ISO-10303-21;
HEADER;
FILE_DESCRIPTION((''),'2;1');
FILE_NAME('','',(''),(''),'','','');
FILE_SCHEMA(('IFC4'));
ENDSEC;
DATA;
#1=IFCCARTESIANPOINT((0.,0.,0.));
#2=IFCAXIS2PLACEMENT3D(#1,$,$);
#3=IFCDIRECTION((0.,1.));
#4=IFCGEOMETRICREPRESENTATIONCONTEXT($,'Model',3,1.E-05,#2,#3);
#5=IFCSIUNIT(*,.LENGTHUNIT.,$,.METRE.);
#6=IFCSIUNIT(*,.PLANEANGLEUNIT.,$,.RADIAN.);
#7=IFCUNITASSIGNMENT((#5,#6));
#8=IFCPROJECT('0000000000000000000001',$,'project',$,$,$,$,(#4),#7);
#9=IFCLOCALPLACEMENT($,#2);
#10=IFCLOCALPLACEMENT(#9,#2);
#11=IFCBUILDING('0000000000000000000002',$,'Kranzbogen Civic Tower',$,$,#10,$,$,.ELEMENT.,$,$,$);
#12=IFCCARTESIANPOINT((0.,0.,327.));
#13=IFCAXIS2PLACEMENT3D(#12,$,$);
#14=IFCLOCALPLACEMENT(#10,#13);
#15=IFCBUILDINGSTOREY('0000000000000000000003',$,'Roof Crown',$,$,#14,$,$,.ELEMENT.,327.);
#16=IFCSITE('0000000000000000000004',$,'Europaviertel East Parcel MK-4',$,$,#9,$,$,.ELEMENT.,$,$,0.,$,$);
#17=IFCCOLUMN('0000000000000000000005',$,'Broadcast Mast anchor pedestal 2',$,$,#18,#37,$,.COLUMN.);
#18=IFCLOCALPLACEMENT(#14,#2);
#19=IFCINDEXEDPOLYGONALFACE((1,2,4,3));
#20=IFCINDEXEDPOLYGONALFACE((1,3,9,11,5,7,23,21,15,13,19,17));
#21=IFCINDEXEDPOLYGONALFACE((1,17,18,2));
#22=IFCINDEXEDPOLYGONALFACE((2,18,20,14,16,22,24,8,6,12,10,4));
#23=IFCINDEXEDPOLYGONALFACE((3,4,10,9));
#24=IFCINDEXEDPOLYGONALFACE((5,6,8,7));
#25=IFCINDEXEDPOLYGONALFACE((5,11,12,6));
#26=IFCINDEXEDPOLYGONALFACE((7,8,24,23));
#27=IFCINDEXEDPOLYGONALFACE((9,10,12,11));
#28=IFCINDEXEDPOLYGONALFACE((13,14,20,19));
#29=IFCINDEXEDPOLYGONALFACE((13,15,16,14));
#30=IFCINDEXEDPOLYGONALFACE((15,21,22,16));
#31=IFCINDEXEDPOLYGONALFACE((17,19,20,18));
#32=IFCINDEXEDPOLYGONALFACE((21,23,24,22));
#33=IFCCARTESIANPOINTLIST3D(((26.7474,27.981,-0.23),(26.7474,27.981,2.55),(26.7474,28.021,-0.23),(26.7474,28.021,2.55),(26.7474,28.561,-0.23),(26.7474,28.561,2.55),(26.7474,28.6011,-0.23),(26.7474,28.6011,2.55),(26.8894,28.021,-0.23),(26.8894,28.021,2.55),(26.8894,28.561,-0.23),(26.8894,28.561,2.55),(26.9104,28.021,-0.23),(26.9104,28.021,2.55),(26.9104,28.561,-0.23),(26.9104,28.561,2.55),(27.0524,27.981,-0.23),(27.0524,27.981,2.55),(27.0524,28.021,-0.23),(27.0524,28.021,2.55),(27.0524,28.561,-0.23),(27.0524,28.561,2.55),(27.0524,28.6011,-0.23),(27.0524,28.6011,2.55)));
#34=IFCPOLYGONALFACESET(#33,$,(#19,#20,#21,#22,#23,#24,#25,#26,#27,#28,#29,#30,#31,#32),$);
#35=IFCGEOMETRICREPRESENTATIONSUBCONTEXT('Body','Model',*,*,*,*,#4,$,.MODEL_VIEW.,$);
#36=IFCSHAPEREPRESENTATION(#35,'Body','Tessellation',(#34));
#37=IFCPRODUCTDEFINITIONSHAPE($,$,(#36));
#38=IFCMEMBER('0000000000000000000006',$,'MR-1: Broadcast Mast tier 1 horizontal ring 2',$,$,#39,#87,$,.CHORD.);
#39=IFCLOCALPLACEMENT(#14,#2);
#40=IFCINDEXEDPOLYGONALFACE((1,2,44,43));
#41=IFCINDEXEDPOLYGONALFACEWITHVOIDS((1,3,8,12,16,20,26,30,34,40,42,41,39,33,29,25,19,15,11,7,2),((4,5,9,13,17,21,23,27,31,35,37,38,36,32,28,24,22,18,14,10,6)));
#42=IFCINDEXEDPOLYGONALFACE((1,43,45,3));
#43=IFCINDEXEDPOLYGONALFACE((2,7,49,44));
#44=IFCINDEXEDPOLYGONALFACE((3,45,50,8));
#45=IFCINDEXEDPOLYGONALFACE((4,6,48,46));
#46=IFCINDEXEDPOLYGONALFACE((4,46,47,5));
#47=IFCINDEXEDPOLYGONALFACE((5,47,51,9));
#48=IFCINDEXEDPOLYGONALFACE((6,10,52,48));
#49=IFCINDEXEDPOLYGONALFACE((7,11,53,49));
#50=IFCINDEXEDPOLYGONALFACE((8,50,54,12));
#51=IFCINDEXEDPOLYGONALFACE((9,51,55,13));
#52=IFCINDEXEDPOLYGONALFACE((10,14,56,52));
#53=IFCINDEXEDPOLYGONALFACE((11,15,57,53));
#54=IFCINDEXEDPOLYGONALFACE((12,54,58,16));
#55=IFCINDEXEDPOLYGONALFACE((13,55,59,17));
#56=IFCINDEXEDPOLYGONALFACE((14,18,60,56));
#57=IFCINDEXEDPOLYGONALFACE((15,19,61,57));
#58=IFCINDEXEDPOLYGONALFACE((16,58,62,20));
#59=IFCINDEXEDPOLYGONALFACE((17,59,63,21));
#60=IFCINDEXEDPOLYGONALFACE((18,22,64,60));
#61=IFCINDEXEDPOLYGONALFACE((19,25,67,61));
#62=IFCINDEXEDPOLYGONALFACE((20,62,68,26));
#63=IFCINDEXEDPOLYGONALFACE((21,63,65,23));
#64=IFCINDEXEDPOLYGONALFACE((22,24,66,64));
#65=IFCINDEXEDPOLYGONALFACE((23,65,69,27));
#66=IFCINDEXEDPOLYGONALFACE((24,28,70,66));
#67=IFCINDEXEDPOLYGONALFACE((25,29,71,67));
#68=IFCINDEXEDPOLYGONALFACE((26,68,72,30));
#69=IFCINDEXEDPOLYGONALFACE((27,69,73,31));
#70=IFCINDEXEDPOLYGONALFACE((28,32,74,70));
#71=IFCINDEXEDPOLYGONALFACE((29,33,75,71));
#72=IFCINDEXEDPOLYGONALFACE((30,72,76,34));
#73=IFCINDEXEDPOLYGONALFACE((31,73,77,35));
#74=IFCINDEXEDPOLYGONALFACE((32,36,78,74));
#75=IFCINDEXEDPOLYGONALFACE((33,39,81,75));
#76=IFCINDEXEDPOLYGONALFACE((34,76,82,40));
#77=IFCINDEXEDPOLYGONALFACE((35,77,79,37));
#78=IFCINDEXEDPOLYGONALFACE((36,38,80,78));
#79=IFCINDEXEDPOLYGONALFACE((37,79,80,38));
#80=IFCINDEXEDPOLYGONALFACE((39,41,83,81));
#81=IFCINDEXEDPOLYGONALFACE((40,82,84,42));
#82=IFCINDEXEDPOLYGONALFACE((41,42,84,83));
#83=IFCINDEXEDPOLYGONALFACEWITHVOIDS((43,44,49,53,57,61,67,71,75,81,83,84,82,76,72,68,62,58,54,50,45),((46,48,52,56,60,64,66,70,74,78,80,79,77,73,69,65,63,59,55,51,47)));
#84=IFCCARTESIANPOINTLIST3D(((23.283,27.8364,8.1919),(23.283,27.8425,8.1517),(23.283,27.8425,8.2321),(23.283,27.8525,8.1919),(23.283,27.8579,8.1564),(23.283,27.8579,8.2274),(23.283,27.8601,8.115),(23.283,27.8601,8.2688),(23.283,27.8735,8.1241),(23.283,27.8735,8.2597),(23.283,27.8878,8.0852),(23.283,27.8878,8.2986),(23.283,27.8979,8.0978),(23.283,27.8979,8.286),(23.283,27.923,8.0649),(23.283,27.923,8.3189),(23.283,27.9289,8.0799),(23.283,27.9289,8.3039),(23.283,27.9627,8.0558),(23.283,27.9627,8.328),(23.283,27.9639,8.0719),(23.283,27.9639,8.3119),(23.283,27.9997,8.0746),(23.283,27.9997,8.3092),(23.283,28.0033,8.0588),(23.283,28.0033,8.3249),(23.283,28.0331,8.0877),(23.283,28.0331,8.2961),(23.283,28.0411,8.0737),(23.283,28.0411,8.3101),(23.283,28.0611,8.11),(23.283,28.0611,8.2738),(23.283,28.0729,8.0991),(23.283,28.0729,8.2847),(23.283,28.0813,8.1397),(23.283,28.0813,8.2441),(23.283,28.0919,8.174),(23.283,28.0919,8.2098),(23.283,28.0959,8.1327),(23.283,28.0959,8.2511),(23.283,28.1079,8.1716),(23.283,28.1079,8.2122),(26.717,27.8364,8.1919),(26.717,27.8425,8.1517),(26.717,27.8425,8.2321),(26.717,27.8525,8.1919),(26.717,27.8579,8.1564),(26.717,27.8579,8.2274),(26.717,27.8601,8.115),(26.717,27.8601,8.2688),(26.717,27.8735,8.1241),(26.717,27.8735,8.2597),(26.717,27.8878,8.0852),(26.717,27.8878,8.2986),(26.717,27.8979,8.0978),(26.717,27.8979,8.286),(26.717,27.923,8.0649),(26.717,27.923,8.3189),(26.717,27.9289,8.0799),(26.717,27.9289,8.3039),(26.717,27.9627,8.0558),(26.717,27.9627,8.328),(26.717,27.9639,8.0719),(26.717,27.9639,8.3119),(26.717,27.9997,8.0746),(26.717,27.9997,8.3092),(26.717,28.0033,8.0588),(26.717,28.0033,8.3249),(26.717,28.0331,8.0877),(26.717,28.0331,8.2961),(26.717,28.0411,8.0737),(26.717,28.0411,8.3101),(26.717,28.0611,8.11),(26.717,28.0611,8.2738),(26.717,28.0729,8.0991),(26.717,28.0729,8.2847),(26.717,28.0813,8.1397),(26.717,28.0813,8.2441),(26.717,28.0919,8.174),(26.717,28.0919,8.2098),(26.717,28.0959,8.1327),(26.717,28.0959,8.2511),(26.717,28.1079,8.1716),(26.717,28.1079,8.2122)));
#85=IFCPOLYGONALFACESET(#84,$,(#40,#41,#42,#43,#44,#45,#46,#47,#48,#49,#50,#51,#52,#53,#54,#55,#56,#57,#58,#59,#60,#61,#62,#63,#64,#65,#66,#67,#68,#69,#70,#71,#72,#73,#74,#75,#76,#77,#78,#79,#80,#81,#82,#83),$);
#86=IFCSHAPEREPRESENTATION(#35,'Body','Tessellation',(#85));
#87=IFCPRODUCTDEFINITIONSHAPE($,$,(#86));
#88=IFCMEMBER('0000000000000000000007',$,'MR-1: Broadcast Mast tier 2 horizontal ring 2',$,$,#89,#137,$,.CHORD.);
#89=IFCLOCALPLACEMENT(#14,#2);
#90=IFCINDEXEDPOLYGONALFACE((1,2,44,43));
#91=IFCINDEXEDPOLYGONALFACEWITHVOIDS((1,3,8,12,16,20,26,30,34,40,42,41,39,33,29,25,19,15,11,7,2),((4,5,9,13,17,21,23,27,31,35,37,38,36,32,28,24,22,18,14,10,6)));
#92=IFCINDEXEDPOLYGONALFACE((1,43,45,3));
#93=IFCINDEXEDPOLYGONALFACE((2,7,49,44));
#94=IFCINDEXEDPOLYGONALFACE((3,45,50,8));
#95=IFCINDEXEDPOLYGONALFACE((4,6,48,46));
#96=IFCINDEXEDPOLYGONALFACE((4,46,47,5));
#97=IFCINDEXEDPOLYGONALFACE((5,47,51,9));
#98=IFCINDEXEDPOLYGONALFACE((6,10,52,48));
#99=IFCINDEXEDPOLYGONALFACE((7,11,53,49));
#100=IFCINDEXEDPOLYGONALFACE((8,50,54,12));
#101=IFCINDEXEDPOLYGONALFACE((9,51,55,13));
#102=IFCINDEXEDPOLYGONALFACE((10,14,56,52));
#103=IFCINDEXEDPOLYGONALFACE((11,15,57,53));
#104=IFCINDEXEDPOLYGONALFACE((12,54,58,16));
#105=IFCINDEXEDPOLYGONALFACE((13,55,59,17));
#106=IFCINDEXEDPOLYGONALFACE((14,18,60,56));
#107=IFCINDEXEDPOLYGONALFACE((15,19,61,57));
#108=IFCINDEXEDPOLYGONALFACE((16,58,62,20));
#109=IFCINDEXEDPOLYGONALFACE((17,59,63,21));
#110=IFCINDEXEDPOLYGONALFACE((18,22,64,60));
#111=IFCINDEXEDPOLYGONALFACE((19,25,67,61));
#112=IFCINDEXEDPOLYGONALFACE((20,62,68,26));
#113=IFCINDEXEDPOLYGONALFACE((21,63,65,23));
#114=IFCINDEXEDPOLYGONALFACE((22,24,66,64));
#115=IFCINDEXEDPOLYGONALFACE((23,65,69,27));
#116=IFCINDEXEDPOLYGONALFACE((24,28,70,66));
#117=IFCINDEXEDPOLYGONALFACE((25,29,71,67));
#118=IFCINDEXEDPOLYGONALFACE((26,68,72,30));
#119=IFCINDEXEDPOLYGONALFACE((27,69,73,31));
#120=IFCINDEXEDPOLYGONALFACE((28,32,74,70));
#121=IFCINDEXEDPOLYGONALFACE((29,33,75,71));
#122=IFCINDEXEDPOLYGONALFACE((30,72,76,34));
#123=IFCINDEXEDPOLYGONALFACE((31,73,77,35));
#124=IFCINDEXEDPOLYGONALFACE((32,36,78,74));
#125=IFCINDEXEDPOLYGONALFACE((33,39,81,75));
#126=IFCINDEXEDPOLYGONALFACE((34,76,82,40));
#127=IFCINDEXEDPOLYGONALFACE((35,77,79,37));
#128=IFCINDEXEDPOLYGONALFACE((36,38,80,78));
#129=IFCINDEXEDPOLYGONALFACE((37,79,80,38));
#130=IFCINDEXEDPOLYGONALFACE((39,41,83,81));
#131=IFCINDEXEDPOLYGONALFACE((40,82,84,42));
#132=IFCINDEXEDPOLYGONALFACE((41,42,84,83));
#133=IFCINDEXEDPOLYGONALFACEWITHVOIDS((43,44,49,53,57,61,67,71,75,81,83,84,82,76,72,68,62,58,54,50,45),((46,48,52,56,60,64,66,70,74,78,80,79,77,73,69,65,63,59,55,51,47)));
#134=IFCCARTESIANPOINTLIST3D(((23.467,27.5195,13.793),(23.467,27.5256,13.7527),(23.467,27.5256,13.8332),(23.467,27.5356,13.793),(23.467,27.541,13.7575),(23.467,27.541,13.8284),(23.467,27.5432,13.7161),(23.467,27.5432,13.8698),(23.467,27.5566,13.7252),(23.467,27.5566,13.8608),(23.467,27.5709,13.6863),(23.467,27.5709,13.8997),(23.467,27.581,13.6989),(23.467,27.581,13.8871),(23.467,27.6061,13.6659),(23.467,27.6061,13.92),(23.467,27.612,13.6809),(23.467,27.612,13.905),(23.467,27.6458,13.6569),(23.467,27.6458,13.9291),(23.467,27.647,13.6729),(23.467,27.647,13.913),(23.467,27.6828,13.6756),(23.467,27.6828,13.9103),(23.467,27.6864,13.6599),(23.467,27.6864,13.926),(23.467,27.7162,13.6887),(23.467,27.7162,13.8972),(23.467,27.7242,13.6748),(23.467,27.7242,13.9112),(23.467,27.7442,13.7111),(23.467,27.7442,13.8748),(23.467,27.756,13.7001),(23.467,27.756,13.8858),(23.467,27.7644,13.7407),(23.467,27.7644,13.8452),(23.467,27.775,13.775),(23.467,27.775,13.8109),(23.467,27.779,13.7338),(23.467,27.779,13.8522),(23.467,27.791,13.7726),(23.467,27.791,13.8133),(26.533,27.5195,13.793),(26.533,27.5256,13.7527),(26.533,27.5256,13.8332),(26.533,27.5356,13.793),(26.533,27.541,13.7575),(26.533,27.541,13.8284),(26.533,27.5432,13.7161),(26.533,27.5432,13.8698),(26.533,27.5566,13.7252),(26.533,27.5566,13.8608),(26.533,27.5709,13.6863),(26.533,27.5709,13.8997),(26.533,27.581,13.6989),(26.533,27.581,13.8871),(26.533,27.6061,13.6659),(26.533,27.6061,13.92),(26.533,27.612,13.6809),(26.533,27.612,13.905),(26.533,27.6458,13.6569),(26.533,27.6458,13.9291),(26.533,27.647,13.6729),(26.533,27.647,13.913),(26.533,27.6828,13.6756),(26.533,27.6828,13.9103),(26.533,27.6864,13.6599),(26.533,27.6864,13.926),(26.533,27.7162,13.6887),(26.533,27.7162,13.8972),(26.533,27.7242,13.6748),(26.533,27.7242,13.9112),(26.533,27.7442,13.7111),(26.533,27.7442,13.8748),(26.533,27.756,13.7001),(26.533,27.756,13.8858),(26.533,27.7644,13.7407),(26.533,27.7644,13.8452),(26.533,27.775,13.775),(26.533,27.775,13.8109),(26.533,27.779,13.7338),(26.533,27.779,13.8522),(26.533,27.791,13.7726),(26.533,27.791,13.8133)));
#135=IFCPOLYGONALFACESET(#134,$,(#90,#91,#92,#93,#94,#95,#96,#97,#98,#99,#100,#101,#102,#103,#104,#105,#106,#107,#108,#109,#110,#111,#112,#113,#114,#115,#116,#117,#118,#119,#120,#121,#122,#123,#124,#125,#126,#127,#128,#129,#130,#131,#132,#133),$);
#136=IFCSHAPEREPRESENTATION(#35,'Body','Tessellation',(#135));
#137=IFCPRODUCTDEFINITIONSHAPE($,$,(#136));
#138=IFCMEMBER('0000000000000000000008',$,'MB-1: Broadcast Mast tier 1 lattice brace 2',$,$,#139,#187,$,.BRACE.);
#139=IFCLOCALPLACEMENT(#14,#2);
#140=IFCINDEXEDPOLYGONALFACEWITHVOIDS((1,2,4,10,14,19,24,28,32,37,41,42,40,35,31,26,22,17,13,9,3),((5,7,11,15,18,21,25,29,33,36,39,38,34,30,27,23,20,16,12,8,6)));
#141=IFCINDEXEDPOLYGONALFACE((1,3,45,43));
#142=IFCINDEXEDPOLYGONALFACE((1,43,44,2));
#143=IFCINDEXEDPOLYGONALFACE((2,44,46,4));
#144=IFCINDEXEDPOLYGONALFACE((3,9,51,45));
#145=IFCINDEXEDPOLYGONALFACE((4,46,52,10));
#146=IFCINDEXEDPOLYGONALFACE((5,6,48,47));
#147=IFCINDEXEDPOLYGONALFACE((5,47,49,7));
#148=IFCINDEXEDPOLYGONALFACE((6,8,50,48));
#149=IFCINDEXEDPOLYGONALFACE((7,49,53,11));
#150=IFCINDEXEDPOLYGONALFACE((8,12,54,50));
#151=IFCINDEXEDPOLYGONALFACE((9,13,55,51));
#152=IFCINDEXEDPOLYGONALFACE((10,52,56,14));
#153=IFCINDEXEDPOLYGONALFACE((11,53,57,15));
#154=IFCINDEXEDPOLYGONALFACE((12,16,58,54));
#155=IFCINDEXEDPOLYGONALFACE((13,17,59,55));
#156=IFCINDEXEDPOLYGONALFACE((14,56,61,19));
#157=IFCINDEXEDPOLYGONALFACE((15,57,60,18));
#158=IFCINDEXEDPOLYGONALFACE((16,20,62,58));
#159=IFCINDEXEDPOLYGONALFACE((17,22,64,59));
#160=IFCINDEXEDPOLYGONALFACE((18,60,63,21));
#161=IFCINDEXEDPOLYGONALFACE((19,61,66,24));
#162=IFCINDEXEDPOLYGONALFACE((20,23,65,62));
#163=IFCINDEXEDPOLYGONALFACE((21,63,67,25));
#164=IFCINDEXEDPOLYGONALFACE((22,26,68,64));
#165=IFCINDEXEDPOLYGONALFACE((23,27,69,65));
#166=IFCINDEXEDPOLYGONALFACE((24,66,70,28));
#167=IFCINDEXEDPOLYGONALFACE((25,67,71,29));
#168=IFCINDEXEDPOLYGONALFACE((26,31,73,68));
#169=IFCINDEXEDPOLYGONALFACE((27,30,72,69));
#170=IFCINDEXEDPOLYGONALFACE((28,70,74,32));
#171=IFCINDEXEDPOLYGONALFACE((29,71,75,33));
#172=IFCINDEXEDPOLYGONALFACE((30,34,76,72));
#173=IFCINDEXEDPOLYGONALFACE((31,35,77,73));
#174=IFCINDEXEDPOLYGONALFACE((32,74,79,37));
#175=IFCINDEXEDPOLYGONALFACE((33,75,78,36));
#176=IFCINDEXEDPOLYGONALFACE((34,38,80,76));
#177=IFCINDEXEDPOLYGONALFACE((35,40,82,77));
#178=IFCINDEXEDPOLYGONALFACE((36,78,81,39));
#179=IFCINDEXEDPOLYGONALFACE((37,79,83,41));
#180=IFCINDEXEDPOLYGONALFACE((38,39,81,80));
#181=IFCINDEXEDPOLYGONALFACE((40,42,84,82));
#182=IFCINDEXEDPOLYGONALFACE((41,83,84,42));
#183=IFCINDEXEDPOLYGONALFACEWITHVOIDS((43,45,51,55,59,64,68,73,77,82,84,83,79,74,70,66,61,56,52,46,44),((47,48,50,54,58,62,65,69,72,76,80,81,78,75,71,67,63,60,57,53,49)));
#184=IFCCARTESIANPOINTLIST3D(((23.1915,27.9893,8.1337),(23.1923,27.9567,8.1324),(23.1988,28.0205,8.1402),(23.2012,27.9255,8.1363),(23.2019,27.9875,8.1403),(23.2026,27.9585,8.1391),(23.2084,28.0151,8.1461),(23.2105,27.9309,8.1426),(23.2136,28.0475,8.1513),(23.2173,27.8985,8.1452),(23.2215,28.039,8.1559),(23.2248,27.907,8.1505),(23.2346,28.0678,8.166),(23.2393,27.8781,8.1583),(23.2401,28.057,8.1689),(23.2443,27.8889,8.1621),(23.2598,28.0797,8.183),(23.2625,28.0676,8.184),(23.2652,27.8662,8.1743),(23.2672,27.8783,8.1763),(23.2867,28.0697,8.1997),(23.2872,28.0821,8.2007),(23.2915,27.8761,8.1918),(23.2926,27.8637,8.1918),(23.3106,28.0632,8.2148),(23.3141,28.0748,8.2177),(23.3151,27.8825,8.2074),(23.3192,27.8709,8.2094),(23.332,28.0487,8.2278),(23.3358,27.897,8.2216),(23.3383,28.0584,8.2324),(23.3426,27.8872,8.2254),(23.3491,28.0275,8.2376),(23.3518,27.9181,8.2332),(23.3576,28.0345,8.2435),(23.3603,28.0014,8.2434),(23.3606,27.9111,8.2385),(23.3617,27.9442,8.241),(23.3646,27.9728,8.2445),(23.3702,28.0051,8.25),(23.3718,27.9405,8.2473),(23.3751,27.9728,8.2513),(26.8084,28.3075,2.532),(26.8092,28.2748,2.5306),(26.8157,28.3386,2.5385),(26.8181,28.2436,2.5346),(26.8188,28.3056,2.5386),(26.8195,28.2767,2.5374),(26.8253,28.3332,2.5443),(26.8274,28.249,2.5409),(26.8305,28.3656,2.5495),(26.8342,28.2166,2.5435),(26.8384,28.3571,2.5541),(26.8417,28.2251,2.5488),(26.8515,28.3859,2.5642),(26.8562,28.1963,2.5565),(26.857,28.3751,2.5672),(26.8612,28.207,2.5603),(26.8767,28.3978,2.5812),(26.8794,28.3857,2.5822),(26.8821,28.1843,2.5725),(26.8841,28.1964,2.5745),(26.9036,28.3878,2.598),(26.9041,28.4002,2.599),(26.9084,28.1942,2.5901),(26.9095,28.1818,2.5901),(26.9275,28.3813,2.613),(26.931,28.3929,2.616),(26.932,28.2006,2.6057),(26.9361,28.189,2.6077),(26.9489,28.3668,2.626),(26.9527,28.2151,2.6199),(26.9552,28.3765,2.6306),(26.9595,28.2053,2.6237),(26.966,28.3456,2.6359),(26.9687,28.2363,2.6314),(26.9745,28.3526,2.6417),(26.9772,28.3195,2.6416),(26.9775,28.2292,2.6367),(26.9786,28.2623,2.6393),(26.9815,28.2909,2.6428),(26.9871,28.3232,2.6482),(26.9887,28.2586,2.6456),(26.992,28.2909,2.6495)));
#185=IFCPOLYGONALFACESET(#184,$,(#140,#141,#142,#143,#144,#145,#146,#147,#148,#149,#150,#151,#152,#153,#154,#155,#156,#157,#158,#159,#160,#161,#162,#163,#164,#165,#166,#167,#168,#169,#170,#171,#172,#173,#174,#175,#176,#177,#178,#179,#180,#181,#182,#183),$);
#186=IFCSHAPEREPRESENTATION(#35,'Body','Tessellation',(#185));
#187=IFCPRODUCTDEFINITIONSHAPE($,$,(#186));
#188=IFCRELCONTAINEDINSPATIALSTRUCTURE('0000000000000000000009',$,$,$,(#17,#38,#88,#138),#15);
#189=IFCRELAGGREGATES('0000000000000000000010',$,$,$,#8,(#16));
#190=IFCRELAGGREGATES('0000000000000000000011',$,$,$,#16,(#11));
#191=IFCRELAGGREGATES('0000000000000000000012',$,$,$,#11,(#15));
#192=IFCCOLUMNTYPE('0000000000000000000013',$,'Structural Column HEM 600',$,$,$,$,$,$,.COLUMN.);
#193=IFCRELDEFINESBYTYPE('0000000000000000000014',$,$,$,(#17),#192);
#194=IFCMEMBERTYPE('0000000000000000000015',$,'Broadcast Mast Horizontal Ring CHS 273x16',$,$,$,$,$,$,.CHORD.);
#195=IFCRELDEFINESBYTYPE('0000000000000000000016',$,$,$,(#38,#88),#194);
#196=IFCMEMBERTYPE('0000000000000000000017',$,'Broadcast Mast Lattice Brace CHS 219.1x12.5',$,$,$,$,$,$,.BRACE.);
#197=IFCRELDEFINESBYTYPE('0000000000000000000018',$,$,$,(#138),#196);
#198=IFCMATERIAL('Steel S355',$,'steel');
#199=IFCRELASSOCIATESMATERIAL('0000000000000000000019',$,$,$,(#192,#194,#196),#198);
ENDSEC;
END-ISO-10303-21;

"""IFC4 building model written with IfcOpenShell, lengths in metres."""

from ifc_helpers import new_model, si_unit, direction, frame, origin, origin_2d, place, context, subcontext, project, spatial, hollow_circle, i_section, extrude, material, material_profile, profile_set, type_object, element, save


model = new_model("IFC4")

# Units and contexts
model_context = context("Model", 3, precision=1e-05, world=origin(), true_north=direction((0.0, 1.0)))
body_context = subcontext(model_context, "Body", "Model", "MODEL_VIEW")
ifc_project = project(units=[si_unit("LENGTHUNIT", "METRE"), si_unit("PLANEANGLEUNIT", "RADIAN")], contexts=[model_context])

# Site, building, storey
site_placement = place(None, origin())
site = spatial("IfcSite", under=ifc_project, at=site_placement, Name="Europaviertel East Parcel MK-4", CompositionType="ELEMENT", RefElevation=0.0)
building_placement = place(site_placement, origin())
building = spatial("IfcBuilding", under=site, at=building_placement, Name="Kranzbogen Civic Tower", CompositionType="ELEMENT")
storey_placement = place(building_placement, frame((0.0, 0.0, 327.0)))
storey = spatial("IfcBuildingStorey", under=building, at=storey_placement, Name="Roof Crown", CompositionType="ELEMENT", Elevation=327.0)

# Column
ifc_material_1 = material(Name="Steel S355", Category="steel")
ifc_material_profile_1 = material_profile(ifc_material_1, i_section(OverallWidth=0.3049, OverallDepth=0.6201, WebThickness=0.021, FlangeThickness=0.04, at=origin_2d()), Name="HEM 600")
ifc_profile_set_1 = profile_set([ifc_material_profile_1], Name="Steel S355")
column_type = type_object("IfcColumnType", Name="Structural Column HEM 600", PredefinedType="COLUMN", material=ifc_profile_set_1)
column_placement = place(storey_placement, frame((26.8999, 28.291, -0.23), z_axis=(0.0, 0.0, 1.0), x_axis=(1.0, 0.0, 0.0)))
element("IfcColumn", 1, at=column_placement, inside=storey, type_object=column_type, Name="Broadcast Mast anchor pedestal 2", PredefinedType="COLUMN", context=body_context, shape_type="SweptSolid", body=[
    extrude(i_section(OverallWidth=0.3049, OverallDepth=0.6201, WebThickness=0.021, FlangeThickness=0.04, at=origin_2d()), origin(), (0.0, 0.0, 1.0), 2.78),
])

# Members
ifc_material_profile_2 = material_profile(ifc_material_1, hollow_circle(Radius=0.1365, WallThickness=0.0161, at=origin_2d()), Name="CHS 273x16")
ifc_profile_set_2 = profile_set([ifc_material_profile_2], Name="Steel S355")
member_type_1 = type_object("IfcMemberType", Name="Broadcast Mast Horizontal Ring CHS 273x16", PredefinedType="CHORD", material=ifc_profile_set_2)
member_1_placement = place(storey_placement, frame((26.717, 27.9729, 8.1919), z_axis=(-1.0, 0.0, 0.0), x_axis=(0.0, -1.0, 0.0)))
element("IfcMember", 2, at=member_1_placement, inside=storey, type_object=member_type_1, Name="MR-1: Broadcast Mast tier 1 horizontal ring 2", PredefinedType="CHORD", context=body_context, shape_type="SweptSolid", body=[
    extrude(hollow_circle(Radius=0.1365, WallThickness=0.0161, at=origin_2d()), origin(), (0.0, 0.0, 1.0), 3.4341),
])
member_2_placement = place(storey_placement, frame((26.533, 27.656, 13.793), z_axis=(-1.0, 0.0, 0.0), x_axis=(0.0, -1.0, 0.0)))
element("IfcMember", 3, at=member_2_placement, inside=storey, type_object=member_type_1, Name="MR-1: Broadcast Mast tier 2 horizontal ring 2", PredefinedType="CHORD", context=body_context, shape_type="SweptSolid", body=[
    extrude(hollow_circle(Radius=0.1365, WallThickness=0.0161, at=origin_2d()), origin(), (0.0, 0.0, 1.0), 3.0659),
])
ifc_material_profile_3 = material_profile(ifc_material_1, hollow_circle(Radius=0.1096, WallThickness=0.0125, at=origin_2d()), Name="CHS 219.1x12.5")
ifc_profile_set_3 = profile_set([ifc_material_profile_3], Name="Steel S355")
member_type_2 = type_object("IfcMemberType", Name="Broadcast Mast Lattice Brace CHS 219.1x12.5", PredefinedType="BRACE", material=ifc_profile_set_3)
member_3_placement = place(storey_placement, frame((26.8999, 28.291, 2.5901), z_axis=(-0.541815, -0.047653, 0.839146), x_axis=(0.087613, -0.996155, 0.0)))
element("IfcMember", 4, at=member_3_placement, inside=storey, type_object=member_type_2, Name="MB-1: Broadcast Mast tier 1 lattice brace 2", PredefinedType="BRACE", context=body_context, shape_type="SweptSolid", body=[
    extrude(hollow_circle(Radius=0.1096, WallThickness=0.0125, at=origin_2d()), origin(), (0.0, 0.0, 1.0), 6.6755),
])

save(model, "model.ifc")
